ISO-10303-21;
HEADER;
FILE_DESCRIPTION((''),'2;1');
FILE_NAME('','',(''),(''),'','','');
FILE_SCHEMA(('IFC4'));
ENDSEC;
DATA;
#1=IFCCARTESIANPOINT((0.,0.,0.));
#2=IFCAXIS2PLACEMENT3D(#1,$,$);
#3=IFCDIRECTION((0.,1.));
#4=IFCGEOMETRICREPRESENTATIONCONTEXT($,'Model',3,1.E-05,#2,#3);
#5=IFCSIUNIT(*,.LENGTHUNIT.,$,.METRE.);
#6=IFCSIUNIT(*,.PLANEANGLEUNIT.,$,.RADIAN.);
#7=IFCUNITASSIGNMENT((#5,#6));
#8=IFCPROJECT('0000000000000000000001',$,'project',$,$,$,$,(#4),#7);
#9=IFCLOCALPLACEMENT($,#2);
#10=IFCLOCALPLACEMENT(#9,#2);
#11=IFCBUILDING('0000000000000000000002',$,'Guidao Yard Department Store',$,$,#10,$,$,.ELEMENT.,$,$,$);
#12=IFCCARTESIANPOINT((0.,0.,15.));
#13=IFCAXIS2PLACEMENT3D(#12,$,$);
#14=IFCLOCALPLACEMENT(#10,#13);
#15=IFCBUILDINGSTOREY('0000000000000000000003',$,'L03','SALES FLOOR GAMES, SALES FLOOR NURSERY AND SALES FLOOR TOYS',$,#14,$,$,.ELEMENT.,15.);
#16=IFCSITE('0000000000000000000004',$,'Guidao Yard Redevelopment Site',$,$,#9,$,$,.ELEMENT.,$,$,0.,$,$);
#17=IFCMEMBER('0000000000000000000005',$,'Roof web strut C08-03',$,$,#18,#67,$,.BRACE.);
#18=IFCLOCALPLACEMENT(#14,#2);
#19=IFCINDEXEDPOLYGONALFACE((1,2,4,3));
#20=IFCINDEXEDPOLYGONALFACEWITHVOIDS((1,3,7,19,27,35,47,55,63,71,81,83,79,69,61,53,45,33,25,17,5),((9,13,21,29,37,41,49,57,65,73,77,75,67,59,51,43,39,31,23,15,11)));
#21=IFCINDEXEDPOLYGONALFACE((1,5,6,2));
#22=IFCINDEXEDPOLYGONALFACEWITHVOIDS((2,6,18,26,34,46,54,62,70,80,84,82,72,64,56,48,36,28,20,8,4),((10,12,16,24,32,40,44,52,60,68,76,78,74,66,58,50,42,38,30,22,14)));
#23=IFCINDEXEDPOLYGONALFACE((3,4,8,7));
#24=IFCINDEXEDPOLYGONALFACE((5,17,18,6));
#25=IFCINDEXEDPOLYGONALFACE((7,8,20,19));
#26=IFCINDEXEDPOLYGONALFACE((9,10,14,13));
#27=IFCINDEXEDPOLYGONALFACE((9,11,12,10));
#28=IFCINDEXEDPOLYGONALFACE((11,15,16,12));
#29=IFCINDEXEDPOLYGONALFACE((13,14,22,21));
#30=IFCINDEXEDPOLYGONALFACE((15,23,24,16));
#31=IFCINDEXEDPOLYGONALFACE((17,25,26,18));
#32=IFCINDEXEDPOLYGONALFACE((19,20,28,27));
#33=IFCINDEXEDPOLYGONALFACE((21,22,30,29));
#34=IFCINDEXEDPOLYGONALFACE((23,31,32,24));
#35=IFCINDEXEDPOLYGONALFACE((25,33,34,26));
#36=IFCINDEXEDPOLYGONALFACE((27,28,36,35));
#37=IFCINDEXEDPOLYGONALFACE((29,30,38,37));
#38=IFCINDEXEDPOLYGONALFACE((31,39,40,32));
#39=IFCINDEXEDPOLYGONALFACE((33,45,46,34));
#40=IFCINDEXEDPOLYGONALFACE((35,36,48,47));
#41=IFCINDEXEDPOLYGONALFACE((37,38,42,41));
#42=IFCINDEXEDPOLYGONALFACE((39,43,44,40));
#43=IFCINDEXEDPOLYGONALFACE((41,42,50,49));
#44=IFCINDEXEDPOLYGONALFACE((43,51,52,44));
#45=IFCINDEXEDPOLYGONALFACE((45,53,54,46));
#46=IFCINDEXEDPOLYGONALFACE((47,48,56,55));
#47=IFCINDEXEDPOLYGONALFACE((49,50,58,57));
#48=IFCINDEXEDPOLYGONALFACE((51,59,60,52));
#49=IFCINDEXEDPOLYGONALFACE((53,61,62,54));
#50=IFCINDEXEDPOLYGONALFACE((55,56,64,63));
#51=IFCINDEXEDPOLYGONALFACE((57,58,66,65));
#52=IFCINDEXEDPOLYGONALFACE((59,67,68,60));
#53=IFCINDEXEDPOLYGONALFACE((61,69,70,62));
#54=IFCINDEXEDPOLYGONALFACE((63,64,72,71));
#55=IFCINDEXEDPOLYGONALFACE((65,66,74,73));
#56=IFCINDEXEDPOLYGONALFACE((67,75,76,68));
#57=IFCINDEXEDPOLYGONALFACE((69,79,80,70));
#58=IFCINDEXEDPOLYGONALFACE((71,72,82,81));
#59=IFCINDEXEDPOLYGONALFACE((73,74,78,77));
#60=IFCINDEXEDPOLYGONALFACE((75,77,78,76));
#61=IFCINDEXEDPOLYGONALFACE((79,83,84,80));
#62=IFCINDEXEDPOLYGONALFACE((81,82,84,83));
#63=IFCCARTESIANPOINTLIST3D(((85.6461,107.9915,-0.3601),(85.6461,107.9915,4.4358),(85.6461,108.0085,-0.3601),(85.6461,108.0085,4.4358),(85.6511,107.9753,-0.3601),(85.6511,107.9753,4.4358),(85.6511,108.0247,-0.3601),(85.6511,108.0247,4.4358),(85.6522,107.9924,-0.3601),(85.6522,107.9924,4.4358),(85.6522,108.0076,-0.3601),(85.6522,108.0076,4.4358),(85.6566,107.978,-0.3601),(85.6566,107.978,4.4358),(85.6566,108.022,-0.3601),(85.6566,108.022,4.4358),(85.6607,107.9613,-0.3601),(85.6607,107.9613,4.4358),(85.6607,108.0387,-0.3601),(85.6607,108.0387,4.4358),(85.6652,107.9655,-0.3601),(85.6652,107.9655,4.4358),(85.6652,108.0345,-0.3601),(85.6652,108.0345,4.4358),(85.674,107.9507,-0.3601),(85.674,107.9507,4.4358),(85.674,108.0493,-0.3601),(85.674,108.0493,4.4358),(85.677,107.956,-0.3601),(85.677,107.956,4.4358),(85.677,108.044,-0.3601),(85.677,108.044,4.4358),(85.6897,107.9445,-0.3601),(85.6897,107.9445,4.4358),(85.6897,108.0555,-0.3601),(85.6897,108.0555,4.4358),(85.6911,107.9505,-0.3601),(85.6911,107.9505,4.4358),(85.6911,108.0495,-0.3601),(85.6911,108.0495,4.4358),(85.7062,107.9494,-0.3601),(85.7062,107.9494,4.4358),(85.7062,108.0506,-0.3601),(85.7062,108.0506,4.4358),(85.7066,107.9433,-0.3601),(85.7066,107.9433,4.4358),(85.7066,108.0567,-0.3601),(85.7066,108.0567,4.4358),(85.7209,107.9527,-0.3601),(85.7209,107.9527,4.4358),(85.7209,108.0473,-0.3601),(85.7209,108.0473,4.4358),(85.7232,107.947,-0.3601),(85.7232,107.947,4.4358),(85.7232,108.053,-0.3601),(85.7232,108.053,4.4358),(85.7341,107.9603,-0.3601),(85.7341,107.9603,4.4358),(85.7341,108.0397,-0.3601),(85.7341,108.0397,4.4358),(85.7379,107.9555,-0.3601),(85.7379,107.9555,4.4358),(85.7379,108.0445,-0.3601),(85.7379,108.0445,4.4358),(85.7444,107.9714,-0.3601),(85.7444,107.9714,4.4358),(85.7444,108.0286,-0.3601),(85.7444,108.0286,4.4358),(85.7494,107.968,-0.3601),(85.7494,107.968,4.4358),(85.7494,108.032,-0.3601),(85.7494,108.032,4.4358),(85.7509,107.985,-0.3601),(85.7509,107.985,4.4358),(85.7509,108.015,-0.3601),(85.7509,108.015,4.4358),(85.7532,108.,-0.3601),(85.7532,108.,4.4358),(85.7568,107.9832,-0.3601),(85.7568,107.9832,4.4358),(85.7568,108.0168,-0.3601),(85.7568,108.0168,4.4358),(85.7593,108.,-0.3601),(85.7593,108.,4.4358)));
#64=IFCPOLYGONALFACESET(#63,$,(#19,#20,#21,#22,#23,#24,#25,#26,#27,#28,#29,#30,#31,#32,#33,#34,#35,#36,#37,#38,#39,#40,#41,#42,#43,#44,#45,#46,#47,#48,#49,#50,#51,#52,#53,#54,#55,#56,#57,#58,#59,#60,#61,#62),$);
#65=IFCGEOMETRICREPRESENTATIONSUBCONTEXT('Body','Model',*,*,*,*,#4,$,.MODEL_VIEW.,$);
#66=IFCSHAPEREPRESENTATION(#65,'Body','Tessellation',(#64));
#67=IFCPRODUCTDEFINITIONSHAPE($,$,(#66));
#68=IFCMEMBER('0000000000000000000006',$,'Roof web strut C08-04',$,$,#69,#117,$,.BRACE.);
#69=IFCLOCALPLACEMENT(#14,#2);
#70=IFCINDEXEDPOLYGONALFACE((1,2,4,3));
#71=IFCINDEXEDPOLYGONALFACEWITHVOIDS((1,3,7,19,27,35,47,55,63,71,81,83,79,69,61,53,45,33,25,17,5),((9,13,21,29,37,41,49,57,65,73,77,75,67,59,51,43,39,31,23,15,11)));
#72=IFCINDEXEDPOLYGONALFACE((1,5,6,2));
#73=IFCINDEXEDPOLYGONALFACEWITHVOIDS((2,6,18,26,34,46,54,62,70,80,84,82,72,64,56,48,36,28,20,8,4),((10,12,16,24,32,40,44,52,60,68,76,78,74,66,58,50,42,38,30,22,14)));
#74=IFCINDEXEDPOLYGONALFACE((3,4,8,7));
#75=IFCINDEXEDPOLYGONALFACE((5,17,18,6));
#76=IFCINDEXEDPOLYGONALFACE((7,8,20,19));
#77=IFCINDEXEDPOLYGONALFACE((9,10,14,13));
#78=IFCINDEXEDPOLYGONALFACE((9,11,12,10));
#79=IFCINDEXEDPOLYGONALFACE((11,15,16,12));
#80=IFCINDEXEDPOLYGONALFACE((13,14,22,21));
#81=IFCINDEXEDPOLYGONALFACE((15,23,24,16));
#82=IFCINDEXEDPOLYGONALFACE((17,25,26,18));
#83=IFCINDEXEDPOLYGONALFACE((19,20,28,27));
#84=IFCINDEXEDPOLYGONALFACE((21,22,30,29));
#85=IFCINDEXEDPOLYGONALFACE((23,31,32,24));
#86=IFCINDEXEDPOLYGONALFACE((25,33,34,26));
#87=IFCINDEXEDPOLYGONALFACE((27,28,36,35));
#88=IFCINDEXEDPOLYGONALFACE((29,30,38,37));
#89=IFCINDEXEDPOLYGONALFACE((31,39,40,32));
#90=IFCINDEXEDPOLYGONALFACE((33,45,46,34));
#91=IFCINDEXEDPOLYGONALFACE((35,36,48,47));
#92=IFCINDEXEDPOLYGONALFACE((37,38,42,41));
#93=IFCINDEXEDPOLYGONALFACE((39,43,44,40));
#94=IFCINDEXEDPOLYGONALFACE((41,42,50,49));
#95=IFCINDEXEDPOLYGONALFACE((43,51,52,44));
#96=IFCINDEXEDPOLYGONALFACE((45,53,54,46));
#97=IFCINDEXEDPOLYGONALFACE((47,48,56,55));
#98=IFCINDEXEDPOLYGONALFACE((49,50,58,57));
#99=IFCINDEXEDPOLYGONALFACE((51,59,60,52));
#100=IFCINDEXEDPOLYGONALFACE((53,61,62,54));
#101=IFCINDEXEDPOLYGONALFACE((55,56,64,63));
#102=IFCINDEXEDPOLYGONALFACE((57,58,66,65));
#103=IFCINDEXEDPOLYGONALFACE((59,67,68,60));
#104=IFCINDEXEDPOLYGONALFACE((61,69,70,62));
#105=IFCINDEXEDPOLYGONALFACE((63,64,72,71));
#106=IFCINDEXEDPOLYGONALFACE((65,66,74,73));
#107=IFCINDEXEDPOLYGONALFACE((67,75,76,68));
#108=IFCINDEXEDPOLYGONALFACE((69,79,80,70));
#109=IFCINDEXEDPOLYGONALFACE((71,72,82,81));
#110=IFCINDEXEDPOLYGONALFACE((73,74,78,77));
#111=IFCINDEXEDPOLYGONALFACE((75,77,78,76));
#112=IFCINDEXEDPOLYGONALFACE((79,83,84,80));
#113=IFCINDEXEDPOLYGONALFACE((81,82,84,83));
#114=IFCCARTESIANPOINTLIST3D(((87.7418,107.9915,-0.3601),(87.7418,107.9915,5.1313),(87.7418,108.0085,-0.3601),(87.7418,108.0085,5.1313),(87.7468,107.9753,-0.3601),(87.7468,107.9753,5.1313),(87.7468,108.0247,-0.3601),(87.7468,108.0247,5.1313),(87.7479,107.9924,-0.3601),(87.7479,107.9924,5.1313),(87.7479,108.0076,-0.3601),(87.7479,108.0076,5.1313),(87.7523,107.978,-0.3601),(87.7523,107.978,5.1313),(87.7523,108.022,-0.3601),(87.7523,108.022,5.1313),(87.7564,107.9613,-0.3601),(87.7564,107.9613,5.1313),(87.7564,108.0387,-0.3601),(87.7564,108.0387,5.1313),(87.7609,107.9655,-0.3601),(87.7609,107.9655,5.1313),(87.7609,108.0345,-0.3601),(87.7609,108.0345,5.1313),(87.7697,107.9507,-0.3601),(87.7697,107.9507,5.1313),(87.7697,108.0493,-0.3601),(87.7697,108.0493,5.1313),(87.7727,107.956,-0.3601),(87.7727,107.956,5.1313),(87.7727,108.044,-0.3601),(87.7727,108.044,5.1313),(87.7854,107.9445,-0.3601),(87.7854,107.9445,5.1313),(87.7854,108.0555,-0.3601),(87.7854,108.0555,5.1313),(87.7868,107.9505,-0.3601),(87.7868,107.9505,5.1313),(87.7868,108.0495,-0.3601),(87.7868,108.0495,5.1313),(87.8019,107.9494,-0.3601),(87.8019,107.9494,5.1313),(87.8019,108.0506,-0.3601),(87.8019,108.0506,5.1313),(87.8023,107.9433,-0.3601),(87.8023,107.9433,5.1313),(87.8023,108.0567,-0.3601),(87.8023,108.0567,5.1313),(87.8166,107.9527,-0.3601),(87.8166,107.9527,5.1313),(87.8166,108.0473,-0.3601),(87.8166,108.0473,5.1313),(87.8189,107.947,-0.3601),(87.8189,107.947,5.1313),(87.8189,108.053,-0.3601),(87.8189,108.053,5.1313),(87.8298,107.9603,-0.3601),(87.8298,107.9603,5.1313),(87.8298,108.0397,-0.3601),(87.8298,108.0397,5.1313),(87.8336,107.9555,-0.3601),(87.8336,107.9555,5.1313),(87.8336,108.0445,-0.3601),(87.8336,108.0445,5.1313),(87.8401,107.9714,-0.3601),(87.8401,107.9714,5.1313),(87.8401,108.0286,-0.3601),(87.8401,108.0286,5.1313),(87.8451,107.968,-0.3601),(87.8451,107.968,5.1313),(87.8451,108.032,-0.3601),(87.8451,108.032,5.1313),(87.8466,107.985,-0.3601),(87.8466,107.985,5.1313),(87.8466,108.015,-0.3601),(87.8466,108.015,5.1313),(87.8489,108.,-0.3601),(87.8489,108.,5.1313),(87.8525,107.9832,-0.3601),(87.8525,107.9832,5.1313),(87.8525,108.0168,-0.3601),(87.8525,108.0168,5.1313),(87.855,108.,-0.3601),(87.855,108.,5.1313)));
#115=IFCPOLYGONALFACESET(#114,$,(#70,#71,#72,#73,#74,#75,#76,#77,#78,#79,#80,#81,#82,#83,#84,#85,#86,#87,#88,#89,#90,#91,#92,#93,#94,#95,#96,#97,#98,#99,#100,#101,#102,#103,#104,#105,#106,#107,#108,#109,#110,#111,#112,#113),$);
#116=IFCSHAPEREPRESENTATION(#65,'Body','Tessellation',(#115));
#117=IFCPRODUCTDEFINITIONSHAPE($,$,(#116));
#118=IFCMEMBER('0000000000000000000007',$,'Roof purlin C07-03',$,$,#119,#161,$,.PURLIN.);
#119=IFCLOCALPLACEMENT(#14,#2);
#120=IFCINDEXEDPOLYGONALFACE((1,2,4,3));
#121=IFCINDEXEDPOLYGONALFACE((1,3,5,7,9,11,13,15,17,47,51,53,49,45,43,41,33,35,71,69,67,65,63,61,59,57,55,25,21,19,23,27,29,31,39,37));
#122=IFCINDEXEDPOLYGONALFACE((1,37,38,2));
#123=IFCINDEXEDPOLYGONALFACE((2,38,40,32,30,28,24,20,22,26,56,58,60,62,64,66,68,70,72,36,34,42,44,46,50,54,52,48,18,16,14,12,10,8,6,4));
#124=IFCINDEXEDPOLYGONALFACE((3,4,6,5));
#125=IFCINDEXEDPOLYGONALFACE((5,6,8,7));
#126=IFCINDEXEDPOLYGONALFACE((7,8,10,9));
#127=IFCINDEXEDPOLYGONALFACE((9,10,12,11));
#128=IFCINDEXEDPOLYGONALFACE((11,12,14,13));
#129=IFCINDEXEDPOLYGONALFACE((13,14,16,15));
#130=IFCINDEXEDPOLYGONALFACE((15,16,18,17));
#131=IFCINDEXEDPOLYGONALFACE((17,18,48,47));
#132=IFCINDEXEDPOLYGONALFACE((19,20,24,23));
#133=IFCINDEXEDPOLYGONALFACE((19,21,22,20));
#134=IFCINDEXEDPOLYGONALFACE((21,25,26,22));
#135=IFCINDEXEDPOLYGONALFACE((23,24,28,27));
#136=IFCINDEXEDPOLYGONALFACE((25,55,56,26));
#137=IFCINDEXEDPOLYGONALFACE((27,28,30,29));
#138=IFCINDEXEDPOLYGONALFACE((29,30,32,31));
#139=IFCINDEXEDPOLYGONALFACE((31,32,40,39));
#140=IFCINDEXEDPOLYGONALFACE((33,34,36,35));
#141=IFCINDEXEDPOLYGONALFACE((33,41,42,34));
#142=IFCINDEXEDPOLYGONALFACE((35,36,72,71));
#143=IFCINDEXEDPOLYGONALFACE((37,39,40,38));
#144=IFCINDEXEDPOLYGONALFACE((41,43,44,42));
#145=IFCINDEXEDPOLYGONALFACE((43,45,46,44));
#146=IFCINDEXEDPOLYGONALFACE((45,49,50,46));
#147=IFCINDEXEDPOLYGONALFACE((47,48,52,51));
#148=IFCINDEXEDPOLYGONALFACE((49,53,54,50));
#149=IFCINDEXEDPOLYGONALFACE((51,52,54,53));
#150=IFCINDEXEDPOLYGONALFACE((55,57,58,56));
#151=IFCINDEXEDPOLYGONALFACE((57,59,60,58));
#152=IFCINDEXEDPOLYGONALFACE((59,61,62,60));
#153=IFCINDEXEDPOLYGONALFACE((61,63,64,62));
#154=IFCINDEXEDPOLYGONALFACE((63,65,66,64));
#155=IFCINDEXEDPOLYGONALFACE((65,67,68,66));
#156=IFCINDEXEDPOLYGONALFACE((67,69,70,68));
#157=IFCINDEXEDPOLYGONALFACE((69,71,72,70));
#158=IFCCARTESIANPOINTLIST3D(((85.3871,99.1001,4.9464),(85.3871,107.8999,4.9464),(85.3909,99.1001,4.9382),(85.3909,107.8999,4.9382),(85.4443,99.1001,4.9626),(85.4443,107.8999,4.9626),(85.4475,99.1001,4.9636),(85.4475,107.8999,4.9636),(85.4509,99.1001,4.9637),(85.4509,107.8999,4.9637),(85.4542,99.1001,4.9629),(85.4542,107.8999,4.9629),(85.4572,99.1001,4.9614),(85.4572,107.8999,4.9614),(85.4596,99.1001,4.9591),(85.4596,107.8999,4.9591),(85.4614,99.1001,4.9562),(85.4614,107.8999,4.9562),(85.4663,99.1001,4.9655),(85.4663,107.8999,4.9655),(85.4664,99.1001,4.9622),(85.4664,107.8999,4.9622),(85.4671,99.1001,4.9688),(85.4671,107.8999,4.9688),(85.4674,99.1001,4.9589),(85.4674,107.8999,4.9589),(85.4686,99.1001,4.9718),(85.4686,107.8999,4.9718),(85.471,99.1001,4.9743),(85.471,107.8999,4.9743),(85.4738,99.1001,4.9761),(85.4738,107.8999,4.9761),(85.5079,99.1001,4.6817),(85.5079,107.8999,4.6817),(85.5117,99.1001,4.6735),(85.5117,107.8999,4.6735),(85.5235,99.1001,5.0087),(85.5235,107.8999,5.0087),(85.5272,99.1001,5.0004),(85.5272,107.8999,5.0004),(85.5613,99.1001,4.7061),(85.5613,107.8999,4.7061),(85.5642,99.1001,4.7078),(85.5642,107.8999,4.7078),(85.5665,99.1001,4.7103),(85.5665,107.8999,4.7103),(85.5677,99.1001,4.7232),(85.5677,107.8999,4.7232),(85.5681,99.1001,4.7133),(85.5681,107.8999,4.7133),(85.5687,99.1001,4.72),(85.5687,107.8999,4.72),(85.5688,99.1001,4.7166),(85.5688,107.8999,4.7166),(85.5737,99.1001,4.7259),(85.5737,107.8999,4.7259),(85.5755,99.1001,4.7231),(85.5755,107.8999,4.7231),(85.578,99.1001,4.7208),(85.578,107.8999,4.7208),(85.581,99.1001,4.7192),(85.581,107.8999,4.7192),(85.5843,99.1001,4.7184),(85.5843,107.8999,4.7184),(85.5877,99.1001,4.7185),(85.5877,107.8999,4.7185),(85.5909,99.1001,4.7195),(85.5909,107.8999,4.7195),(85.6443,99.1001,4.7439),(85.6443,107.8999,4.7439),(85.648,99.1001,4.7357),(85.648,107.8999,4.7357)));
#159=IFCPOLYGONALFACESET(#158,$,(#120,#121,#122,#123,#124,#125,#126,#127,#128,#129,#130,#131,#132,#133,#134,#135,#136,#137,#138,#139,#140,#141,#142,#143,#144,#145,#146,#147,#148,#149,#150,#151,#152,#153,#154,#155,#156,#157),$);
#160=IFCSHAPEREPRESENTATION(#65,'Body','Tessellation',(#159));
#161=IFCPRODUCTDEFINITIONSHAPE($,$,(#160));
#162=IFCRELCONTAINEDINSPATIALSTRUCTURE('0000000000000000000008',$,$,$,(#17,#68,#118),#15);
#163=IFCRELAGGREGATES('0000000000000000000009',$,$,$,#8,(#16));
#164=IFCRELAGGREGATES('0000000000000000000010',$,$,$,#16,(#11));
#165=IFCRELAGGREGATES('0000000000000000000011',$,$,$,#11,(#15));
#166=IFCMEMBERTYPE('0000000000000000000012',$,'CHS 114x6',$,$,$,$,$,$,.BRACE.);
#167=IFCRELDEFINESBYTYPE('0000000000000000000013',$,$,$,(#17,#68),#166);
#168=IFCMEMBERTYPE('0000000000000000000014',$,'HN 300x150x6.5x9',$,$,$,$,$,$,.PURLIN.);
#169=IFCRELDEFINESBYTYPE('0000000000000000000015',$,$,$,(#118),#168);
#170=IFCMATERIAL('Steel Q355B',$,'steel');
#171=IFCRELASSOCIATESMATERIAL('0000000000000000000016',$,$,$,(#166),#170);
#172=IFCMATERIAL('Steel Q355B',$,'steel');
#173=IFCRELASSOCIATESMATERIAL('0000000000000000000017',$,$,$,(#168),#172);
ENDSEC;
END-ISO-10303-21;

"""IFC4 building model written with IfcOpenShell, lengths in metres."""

from ifc_helpers import new_model, si_unit, direction, frame, origin, origin_2d, place, context, subcontext, project, spatial, hollow_circle, i_section, extrude, material, material_profile, profile_set, type_object, element, save


model = new_model("IFC4")

# Units and contexts
model_context = context("Model", 3, precision=1e-05, world=origin(), true_north=direction((0.0, 1.0)))
body_context = subcontext(model_context, "Body", "Model", "MODEL_VIEW")
ifc_project = project(units=[si_unit("LENGTHUNIT", "METRE"), si_unit("PLANEANGLEUNIT", "RADIAN")], contexts=[model_context])

# Site, building, storey
site_placement = place(None, origin())
site = spatial("IfcSite", under=ifc_project, at=site_placement, Name="Guidao Yard Redevelopment Site", CompositionType="ELEMENT", RefElevation=0.0)
building_placement = place(site_placement, origin())
building = spatial("IfcBuilding", under=site, at=building_placement, Name="Guidao Yard Department Store", CompositionType="ELEMENT")
storey_placement = place(building_placement, frame((0.0, 0.0, 15.0)))
storey = spatial("IfcBuildingStorey", under=building, at=storey_placement, Name="L03", Description="SALES FLOOR GAMES, SALES FLOOR NURSERY AND SALES FLOOR TOYS", CompositionType="ELEMENT", Elevation=15.0)

# Members
ifc_material_1 = material(Name="Steel Q355B", Category="steel")
ifc_material_profile_1 = material_profile(ifc_material_1, hollow_circle(Radius=0.0569, WallThickness=0.0061, at=origin_2d()), Name="CHS 114x6")
ifc_profile_set_1 = profile_set([ifc_material_profile_1], Name="Steel Q355B")
member_type_1 = type_object("IfcMemberType", Name="CHS 114x6", PredefinedType="BRACE", material=ifc_profile_set_1)
member_1_placement = place(storey_placement, frame((85.7024, 108.0, -0.3601), z_axis=(0.0, 0.0, 1.0), x_axis=(1.0, 0.0, 0.0)))
element("IfcMember", 1, at=member_1_placement, inside=storey, type_object=member_type_1, Name="Roof web strut C08-03", PredefinedType="BRACE", context=body_context, shape_type="SweptSolid", body=[
    extrude(hollow_circle(Radius=0.0569, WallThickness=0.0061, at=origin_2d()), origin(), (0.0, 0.0, 1.0), 4.7959),
])
member_2_placement = place(storey_placement, frame((87.7981, 108.0, -0.3601), z_axis=(0.0, 0.0, 1.0), x_axis=(1.0, 0.0, 0.0)))
element("IfcMember", 2, at=member_2_placement, inside=storey, type_object=member_type_1, Name="Roof web strut C08-04", PredefinedType="BRACE", context=body_context, shape_type="SweptSolid", body=[
    extrude(hollow_circle(Radius=0.0569, WallThickness=0.0061, at=origin_2d()), origin(), (0.0, 0.0, 1.0), 5.4915),
])
ifc_material_2 = material(Name="Steel Q355B", Category="steel")
ifc_material_profile_2 = material_profile(ifc_material_2, i_section(OverallWidth=0.1499, OverallDepth=0.3, WebThickness=0.0066, FlangeThickness=0.009, FilletRadius=0.0129, at=origin_2d()), Name="HN 300x150x6.5x9")
ifc_profile_set_2 = profile_set([ifc_material_profile_2], Name="Steel Q355B")
member_type_2 = type_object("IfcMemberType", Name="HN 300x150x6.5x9", PredefinedType="PURLIN", material=ifc_profile_set_2)
for number, where, z_axis, x_axis, name in (
    (3, (85.5176, 99.1001, 4.8411), (0.0, 1.0, 0.0), (-0.909751, 0.0, -0.415155), "Roof purlin C07-03"),
):
    element("IfcMember", number, at=place(storey_placement, frame(where, z_axis=z_axis, x_axis=x_axis)), inside=storey, type_object=member_type_2, Name=name, PredefinedType="PURLIN", context=body_context, shape_type="SweptSolid", body=[
        extrude(i_section(OverallWidth=0.1499, OverallDepth=0.3, WebThickness=0.0066, FlangeThickness=0.009, FilletRadius=0.0129, at=origin_2d()), origin(), (0.0, 0.0, 1.0), 8.7998),
    ])

save(model, "model.ifc")
